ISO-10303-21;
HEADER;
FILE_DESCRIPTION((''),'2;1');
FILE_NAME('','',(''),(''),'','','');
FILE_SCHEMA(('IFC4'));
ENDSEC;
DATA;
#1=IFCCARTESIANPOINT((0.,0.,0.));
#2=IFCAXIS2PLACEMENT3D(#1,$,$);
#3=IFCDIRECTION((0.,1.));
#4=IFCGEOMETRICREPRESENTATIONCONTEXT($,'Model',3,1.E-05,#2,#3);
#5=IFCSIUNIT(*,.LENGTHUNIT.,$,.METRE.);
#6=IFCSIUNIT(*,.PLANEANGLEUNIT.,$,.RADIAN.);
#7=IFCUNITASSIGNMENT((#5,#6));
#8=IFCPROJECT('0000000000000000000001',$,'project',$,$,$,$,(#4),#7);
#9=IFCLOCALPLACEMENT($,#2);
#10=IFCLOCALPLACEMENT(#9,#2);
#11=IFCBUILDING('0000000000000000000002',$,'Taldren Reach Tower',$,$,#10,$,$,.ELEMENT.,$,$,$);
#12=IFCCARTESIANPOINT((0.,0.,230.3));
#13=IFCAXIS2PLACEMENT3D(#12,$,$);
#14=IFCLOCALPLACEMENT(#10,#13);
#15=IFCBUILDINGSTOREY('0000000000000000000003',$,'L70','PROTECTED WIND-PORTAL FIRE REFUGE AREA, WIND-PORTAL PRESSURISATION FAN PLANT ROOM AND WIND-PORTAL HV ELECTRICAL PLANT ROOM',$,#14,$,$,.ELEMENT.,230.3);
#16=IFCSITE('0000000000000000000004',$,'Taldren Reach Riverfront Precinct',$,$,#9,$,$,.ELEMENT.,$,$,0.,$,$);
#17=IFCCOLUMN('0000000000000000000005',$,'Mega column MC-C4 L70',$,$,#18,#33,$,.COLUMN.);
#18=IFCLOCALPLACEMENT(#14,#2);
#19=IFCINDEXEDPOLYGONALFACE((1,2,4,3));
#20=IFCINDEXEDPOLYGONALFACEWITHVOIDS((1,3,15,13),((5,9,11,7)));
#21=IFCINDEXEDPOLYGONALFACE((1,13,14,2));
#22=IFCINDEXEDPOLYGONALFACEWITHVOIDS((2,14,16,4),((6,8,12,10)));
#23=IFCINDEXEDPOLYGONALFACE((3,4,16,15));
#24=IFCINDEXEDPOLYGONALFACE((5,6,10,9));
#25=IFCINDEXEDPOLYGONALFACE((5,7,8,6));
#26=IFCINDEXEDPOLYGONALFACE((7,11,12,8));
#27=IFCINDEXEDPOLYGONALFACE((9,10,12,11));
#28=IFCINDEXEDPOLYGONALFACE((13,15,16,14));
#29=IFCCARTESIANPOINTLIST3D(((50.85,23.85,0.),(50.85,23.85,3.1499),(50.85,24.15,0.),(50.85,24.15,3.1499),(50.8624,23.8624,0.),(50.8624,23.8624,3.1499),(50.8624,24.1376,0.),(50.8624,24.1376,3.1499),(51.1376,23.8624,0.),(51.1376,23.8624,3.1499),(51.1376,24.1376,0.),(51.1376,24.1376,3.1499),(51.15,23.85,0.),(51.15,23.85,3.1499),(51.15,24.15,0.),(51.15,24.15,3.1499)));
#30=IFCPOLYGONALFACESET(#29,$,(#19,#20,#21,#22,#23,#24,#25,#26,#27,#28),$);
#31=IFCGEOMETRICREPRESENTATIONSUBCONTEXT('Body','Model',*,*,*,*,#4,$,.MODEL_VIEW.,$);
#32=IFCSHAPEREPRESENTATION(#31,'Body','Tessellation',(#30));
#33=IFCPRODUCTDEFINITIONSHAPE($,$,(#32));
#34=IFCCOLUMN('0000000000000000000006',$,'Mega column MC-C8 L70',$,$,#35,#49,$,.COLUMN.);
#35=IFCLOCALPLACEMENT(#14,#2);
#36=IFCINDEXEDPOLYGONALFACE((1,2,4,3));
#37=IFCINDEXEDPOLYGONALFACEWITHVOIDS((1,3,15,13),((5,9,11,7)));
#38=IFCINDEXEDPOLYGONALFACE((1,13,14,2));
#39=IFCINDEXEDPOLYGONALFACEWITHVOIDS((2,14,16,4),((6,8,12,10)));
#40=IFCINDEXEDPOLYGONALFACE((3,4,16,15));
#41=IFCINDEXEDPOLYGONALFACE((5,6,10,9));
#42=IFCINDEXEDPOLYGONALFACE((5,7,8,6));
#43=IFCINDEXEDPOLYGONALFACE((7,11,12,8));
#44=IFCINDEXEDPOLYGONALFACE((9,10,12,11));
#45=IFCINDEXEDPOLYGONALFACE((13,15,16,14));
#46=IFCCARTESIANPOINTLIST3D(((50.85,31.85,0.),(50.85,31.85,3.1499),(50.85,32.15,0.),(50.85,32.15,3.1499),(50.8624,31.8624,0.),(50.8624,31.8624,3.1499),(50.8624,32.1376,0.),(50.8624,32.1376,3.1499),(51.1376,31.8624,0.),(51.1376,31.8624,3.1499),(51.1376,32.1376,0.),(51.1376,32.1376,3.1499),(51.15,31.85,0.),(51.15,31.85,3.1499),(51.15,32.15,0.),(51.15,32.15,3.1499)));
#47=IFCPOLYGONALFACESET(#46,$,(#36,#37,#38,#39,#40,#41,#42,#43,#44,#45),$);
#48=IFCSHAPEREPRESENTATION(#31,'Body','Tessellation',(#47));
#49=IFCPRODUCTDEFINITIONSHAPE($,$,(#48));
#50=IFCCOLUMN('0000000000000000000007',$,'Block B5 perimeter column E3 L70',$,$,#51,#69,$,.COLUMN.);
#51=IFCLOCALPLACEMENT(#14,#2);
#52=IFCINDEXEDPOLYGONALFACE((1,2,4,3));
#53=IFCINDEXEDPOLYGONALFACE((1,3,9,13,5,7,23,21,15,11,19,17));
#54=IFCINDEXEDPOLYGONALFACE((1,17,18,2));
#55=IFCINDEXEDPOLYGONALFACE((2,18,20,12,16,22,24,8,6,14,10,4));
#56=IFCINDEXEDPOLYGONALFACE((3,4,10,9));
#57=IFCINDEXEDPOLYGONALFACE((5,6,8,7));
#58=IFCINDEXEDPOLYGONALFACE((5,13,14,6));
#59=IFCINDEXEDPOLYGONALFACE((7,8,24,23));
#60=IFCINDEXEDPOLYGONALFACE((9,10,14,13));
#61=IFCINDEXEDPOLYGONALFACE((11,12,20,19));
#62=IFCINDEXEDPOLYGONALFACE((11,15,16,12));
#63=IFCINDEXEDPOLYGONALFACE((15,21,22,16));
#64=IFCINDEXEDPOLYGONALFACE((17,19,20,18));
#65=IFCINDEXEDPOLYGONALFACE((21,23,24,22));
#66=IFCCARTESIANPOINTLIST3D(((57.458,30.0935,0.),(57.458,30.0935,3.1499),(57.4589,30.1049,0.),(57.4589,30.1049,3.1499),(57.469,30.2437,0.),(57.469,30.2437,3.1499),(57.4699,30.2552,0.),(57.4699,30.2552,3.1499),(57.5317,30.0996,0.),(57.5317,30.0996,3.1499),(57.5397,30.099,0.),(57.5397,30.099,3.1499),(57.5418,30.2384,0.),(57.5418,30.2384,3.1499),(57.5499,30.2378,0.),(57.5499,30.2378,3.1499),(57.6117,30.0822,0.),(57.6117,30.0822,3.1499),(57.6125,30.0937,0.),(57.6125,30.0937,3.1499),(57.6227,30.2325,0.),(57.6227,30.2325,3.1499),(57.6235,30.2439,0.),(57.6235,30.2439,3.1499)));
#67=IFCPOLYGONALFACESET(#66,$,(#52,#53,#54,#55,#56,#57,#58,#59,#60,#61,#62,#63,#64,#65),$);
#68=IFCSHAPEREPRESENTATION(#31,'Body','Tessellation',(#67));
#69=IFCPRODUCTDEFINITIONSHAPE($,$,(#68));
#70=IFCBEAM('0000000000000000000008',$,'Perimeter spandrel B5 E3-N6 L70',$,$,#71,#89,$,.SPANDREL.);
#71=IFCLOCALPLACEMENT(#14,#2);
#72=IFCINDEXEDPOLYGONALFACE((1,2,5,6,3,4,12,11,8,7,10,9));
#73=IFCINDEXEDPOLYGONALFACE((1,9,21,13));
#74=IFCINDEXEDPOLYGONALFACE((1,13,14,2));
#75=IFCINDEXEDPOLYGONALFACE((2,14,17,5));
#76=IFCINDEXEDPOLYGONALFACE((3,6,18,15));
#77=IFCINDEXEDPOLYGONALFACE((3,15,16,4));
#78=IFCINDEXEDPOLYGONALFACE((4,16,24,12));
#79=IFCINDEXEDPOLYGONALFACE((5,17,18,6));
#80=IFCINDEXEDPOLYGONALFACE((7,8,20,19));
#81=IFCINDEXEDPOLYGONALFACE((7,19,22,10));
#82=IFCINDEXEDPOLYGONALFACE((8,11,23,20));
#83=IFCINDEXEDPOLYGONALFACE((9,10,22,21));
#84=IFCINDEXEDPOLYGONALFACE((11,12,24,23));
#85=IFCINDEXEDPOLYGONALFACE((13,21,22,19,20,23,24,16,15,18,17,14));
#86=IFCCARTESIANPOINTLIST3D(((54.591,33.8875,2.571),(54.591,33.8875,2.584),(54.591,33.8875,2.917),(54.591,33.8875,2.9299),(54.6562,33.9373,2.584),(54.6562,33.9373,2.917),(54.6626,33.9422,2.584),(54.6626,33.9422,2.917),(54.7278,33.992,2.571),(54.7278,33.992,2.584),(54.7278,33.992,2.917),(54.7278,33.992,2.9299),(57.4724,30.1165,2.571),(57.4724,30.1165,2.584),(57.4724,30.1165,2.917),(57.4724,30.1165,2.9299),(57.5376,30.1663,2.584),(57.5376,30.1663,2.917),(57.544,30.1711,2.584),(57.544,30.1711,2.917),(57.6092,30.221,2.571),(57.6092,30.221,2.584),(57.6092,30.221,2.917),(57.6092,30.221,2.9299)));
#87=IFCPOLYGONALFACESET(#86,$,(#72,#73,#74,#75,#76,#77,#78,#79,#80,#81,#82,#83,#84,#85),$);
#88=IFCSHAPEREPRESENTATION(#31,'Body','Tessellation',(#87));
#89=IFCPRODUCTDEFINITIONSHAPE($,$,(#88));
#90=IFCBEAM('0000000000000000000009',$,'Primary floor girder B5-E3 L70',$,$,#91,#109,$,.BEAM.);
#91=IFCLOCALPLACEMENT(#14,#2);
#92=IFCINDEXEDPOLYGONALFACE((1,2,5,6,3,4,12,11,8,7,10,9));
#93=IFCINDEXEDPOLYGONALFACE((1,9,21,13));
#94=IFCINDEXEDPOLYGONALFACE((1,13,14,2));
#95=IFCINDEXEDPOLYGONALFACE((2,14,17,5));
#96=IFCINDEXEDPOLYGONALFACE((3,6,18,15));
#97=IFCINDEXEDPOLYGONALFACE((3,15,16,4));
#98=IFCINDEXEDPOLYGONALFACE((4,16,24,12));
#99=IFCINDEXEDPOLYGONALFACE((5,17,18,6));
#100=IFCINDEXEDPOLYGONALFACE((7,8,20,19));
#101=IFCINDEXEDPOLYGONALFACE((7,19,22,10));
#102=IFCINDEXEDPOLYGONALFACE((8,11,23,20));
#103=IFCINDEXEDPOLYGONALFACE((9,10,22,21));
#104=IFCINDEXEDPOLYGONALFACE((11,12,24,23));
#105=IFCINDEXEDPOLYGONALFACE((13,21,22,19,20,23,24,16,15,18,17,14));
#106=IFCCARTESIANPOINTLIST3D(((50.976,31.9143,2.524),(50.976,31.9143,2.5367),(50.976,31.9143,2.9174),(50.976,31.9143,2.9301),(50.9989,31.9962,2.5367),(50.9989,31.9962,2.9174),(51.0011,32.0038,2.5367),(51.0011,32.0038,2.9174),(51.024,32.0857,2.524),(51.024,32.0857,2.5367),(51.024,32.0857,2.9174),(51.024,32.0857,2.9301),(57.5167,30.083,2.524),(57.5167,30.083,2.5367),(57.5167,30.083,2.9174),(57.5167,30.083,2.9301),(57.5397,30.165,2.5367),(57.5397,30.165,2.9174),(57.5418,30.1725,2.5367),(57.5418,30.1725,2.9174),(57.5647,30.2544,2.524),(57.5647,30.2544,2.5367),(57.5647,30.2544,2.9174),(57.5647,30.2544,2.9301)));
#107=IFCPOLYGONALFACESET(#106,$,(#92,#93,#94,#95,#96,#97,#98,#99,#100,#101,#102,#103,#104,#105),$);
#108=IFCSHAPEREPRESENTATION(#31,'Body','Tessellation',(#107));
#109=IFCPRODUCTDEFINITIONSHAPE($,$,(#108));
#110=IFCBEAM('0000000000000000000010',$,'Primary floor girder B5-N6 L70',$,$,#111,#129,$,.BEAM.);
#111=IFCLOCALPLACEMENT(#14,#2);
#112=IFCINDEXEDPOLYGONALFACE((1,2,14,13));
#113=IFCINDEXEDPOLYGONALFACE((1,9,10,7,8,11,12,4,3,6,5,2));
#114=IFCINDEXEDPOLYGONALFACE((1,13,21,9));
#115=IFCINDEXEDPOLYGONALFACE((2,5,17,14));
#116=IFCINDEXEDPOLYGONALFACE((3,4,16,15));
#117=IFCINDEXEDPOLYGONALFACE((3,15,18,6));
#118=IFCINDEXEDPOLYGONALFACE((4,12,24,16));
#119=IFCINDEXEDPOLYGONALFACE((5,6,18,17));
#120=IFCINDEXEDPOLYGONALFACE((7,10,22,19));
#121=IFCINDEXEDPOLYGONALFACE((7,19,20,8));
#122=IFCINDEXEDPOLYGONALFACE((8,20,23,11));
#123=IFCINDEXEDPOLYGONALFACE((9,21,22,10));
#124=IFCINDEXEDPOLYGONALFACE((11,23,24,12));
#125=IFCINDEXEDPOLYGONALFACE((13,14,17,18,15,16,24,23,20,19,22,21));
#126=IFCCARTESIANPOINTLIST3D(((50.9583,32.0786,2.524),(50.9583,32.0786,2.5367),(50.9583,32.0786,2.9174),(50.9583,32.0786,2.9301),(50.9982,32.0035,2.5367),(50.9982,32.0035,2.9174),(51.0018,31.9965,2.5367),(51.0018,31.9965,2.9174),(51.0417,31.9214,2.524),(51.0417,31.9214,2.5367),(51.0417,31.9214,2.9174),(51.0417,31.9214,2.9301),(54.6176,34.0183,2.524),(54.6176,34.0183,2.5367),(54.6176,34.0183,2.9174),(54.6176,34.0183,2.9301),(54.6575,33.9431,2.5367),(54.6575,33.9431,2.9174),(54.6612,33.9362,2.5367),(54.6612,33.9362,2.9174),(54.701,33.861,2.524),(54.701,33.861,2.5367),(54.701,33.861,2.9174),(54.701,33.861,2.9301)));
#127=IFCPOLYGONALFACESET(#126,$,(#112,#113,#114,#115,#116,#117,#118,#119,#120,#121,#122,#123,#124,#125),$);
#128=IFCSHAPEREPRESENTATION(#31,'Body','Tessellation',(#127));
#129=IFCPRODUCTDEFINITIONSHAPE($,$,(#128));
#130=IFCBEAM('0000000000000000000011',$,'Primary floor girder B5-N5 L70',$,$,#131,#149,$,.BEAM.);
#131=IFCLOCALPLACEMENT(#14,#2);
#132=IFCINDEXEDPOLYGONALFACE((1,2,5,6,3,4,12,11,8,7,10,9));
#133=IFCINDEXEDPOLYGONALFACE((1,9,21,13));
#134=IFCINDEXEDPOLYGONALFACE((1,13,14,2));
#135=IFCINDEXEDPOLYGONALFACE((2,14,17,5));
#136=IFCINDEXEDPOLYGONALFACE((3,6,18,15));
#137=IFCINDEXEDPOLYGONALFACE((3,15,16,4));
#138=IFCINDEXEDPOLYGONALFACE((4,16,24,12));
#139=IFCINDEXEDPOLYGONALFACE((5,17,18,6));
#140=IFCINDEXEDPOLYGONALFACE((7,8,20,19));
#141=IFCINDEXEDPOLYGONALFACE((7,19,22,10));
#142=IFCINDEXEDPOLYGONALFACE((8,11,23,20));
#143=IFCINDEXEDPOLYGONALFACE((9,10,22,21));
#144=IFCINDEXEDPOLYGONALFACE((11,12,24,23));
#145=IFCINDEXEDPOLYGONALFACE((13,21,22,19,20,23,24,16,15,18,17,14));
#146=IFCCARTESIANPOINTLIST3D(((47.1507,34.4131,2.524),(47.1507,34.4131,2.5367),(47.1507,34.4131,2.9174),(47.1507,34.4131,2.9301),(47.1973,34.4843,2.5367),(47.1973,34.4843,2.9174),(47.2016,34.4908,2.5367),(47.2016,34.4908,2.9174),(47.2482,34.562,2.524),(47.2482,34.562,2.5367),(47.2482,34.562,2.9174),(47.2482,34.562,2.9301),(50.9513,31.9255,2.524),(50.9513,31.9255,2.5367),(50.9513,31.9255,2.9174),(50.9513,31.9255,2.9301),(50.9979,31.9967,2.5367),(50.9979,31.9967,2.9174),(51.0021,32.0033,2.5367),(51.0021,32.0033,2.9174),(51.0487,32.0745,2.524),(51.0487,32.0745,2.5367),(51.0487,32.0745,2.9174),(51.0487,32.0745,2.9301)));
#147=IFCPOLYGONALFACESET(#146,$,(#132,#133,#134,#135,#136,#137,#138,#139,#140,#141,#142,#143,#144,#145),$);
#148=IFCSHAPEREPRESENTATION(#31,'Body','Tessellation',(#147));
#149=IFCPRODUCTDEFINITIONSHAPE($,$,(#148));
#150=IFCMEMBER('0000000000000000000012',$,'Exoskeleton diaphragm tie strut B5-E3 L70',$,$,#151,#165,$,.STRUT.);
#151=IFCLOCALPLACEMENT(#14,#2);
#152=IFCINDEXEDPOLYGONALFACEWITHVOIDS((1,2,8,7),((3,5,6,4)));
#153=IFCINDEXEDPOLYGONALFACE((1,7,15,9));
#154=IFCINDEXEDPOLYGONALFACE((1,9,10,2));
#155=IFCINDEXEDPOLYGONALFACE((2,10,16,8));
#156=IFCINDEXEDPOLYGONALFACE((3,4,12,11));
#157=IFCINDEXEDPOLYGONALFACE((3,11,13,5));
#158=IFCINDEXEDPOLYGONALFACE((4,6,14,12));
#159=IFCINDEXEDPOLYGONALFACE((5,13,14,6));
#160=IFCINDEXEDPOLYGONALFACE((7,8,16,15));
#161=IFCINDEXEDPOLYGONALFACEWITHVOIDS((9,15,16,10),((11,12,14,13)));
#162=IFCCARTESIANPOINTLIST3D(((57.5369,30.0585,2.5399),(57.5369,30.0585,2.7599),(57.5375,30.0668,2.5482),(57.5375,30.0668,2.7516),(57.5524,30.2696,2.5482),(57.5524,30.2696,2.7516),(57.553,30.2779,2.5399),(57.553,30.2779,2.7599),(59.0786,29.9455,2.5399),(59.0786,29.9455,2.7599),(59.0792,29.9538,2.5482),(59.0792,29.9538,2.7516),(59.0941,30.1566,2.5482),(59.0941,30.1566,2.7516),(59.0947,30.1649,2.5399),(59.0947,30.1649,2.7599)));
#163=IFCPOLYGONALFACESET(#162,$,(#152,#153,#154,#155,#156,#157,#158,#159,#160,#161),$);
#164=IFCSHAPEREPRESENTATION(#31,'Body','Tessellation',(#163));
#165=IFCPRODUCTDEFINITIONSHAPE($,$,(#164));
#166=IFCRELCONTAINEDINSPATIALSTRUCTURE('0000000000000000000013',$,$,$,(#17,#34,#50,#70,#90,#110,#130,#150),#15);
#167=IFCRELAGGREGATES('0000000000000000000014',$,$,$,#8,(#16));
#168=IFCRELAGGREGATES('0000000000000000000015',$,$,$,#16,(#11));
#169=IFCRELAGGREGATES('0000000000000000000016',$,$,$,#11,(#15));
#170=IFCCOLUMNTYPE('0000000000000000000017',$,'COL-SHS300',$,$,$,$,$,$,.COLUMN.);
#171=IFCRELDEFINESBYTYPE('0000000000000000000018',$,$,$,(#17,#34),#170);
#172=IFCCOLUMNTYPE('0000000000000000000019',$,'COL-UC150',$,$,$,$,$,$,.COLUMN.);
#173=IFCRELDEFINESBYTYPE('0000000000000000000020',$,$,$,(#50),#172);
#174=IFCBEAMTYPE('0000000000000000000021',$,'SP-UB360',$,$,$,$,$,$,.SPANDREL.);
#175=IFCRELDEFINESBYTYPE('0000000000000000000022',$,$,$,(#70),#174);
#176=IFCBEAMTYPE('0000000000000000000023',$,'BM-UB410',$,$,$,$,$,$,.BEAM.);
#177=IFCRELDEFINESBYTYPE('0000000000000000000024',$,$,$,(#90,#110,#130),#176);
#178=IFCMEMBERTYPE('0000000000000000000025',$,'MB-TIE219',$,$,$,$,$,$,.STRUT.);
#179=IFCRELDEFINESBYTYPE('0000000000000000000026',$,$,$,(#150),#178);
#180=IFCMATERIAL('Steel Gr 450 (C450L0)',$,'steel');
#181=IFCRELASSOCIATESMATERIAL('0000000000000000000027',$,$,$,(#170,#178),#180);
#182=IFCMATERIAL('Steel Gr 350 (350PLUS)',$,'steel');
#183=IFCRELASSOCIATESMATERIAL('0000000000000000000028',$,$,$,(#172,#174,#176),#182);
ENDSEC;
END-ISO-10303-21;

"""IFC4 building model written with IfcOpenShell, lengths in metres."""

from ifc_helpers import new_model, si_unit, direction, frame, origin, origin_2d, place, context, subcontext, project, spatial, hollow_rectangle, i_section, extrude, source, transform, mapped, material, material_profile, profile_set, type_object, element, save


model = new_model("IFC4")

# Units and contexts
model_context = context("Model", 3, precision=1e-05, world=origin(), true_north=direction((0.0, 1.0)))
body_context = subcontext(model_context, "Body", "Model", "MODEL_VIEW")
ifc_project = project(units=[si_unit("LENGTHUNIT", "METRE"), si_unit("PLANEANGLEUNIT", "RADIAN")], contexts=[model_context])

# Site, building, storey
site_placement = place(None, origin())
site = spatial("IfcSite", under=ifc_project, at=site_placement, Name="Taldren Reach Riverfront Precinct", CompositionType="ELEMENT", RefElevation=0.0)
building_placement = place(site_placement, origin())
building = spatial("IfcBuilding", under=site, at=building_placement, Name="Taldren Reach Tower", CompositionType="ELEMENT")
storey_placement = place(building_placement, frame((0.0, 0.0, 230.3)))
storey = spatial("IfcBuildingStorey", under=building, at=storey_placement, Name="L70", Description="PROTECTED WIND-PORTAL FIRE REFUGE AREA, WIND-PORTAL PRESSURISATION FAN PLANT ROOM AND WIND-PORTAL HV ELECTRICAL PLANT ROOM", CompositionType="ELEMENT", Elevation=230.3)

# Columns
ifc_material_1 = material(Name="Steel Gr 450 (C450L0)", Category="steel")
ifc_material_profile_1 = material_profile(ifc_material_1, hollow_rectangle(XDim=0.3, YDim=0.3, WallThickness=0.0125, at=origin_2d()), Name="300x300x12.5SHS")
ifc_profile_set_1 = profile_set([ifc_material_profile_1], Name="Steel Gr 450 (C450L0)")
column_type_1 = type_object("IfcColumnType", Name="COL-SHS300", PredefinedType="COLUMN", material=ifc_profile_set_1)
shared_shape_1 = source(origin(), body_context, "Body", "SweptSolid", [
    extrude(hollow_rectangle(XDim=0.3, YDim=0.3, WallThickness=0.0125, at=origin_2d()), origin(), (0.0, 0.0, 1.0), 3.1499),
])
for number, where, z_axis, x_axis, name in (
    (1, (51.0, 24.0, 0.0), (0.0, 0.0, 1.0), (1.0, 0.0, 0.0), "Mega column MC-C4 L70"),
    (2, (51.0, 32.0, 0.0), (0.0, 0.0, 1.0), (1.0, 0.0, 0.0), "Mega column MC-C8 L70"),
):
    element("IfcColumn", number, at=place(storey_placement, frame(where, z_axis=z_axis, x_axis=x_axis)), inside=storey, type_object=column_type_1, Name=name, PredefinedType="COLUMN", context=body_context, shape_type="MappedRepresentation", body=[
        mapped(shared_shape_1, transform((0.0, 0.0, 0.0), scale=1.0)),
    ])
ifc_material_2 = material(Name="Steel Gr 350 (350PLUS)", Category="steel")
ifc_material_profile_2 = material_profile(ifc_material_2, i_section(OverallWidth=0.1541, OverallDepth=0.1621, WebThickness=0.0081, FlangeThickness=0.0115, at=origin_2d()), Name="150UC37.2")
ifc_profile_set_2 = profile_set([ifc_material_profile_2], Name="Steel Gr 350 (350PLUS)")
column_type_2 = type_object("IfcColumnType", Name="COL-UC150", PredefinedType="COLUMN", material=ifc_profile_set_2)
shared_shape_2 = source(origin(), body_context, "Body", "SweptSolid", [
    extrude(i_section(OverallWidth=0.1541, OverallDepth=0.1621, WebThickness=0.0081, FlangeThickness=0.0115, at=origin_2d()), origin(), (0.0, 0.0, 1.0), 3.1499),
])
column_placement = place(storey_placement, frame((57.5408, 30.1687, 0.0), z_axis=(0.0, 0.0, 1.0), x_axis=(0.997314, -0.073238, 0.0)))
element("IfcColumn", 3, at=column_placement, inside=storey, type_object=column_type_2, Name="Block B5 perimeter column E3 L70", PredefinedType="COLUMN", context=body_context, shape_type="MappedRepresentation", body=[
    mapped(shared_shape_2, transform((0.0, 0.0, 0.0), scale=1.0)),
])

# Beams
ifc_material_profile_3 = material_profile(ifc_material_2, i_section(OverallWidth=0.1721, OverallDepth=0.3589, WebThickness=0.0081, FlangeThickness=0.0129, at=origin_2d()), Name="360UB56.7")
ifc_profile_set_3 = profile_set([ifc_material_profile_3], Name="Steel Gr 350 (350PLUS)")
beam_type_1 = type_object("IfcBeamType", Name="SP-UB360", PredefinedType="SPANDREL", material=ifc_profile_set_3)
shared_shape_3 = source(origin(), body_context, "Body", "SweptSolid", [
    extrude(i_section(OverallWidth=0.1721, OverallDepth=0.3589, WebThickness=0.0081, FlangeThickness=0.0129, at=origin_2d()), origin(), (0.0, 0.0, 1.0), 4.7458),
])
beam_1_placement = place(storey_placement, frame((57.5408, 30.1687, 2.7505), z_axis=(-0.607137, 0.794597, 0.0), x_axis=(-0.794597, -0.607137, 0.0)))
element("IfcBeam", 4, at=beam_1_placement, inside=storey, type_object=beam_type_1, Name="Perimeter spandrel B5 E3-N6 L70", PredefinedType="SPANDREL", context=body_context, shape_type="MappedRepresentation", body=[
    mapped(shared_shape_3, transform((0.0, 0.0, 0.0), scale=1.0)),
])
ifc_material_profile_4 = material_profile(ifc_material_2, i_section(OverallWidth=0.178, OverallDepth=0.406, WebThickness=0.0078, FlangeThickness=0.0127, at=origin_2d()), Name="410UB59.7")
ifc_profile_set_4 = profile_set([ifc_material_profile_4], Name="Steel Gr 350 (350PLUS)")
beam_type_2 = type_object("IfcBeamType", Name="BM-UB410", PredefinedType="BEAM", material=ifc_profile_set_4)
shared_shape_4 = source(origin(), body_context, "Body", "SweptSolid", [
    extrude(i_section(OverallWidth=0.178, OverallDepth=0.406, WebThickness=0.0078, FlangeThickness=0.0127, at=origin_2d()), origin(), (0.0, 0.0, 1.0), 6.7922),
])
beam_2_placement = place(storey_placement, frame((51.0, 32.0, 2.7271), z_axis=(0.962968, -0.269614, 0.0), x_axis=(0.269614, 0.962968, 0.0)))
element("IfcBeam", 5, at=beam_2_placement, inside=storey, type_object=beam_type_2, Name="Primary floor girder B5-E3 L70", PredefinedType="BEAM", context=body_context, shape_type="MappedRepresentation", body=[
    mapped(shared_shape_4, transform((0.0, 0.0, 0.0), scale=1.0)),
])
shared_shape_5 = source(origin(), body_context, "Body", "SweptSolid", [
    extrude(i_section(OverallWidth=0.178, OverallDepth=0.406, WebThickness=0.0078, FlangeThickness=0.0127, at=origin_2d()), origin(), (0.0, 0.0, 1.0), 4.1416),
])
beam_3_placement = place(storey_placement, frame((51.0, 32.0, 2.7271), z_axis=(0.883553, 0.468332, 0.0), x_axis=(-0.468332, 0.883553, 0.0)))
element("IfcBeam", 6, at=beam_3_placement, inside=storey, type_object=beam_type_2, Name="Primary floor girder B5-N6 L70", PredefinedType="BEAM", context=body_context, shape_type="MappedRepresentation", body=[
    mapped(shared_shape_5, transform((0.0, 0.0, 0.0), scale=1.0)),
])
shared_shape_6 = source(origin(), body_context, "Body", "SweptSolid", [
    extrude(i_section(OverallWidth=0.178, OverallDepth=0.406, WebThickness=0.0078, FlangeThickness=0.0127, at=origin_2d()), origin(), (0.0, 0.0, 1.0), 4.5422),
])
beam_4_placement = place(storey_placement, frame((51.0, 32.0, 2.7271), z_axis=(-0.836709, 0.547648, 0.0), x_axis=(-0.547648, -0.836709, 0.0)))
element("IfcBeam", 7, at=beam_4_placement, inside=storey, type_object=beam_type_2, Name="Primary floor girder B5-N5 L70", PredefinedType="BEAM", context=body_context, shape_type="MappedRepresentation", body=[
    mapped(shared_shape_6, transform((0.0, 0.0, 0.0), scale=1.0)),
])

# Member
ifc_material_profile_5 = material_profile(ifc_material_1, hollow_rectangle(XDim=0.22, YDim=0.22, WallThickness=0.0083, at=origin_2d()), Name="220x220x8.2SHS")
ifc_profile_set_5 = profile_set([ifc_material_profile_5], Name="Steel Gr 450 (C450L0)")
member_type_1 = type_object("IfcMemberType", Name="MB-TIE219", PredefinedType="STRUT", material=ifc_profile_set_5)
shared_shape_7 = source(origin(), body_context, "Body", "SweptSolid", [
    extrude(hollow_rectangle(XDim=0.22, YDim=0.22, WallThickness=0.0083, at=origin_2d()), origin(), (0.0, 0.0, 1.0), 1.5459),
])
member_1_placement = place(storey_placement, frame((57.5449, 30.1682, 2.6499), z_axis=(0.997323, -0.073121, 0.0), x_axis=(0.073121, 0.997323, 0.0)))
element("IfcMember", 8, at=member_1_placement, inside=storey, type_object=member_type_1, Name="Exoskeleton diaphragm tie strut B5-E3 L70", PredefinedType="STRUT", context=body_context, shape_type="MappedRepresentation", body=[
    mapped(shared_shape_7, transform((0.0, 0.0, 0.0), scale=1.0)),
])

save(model, "model.ifc")
